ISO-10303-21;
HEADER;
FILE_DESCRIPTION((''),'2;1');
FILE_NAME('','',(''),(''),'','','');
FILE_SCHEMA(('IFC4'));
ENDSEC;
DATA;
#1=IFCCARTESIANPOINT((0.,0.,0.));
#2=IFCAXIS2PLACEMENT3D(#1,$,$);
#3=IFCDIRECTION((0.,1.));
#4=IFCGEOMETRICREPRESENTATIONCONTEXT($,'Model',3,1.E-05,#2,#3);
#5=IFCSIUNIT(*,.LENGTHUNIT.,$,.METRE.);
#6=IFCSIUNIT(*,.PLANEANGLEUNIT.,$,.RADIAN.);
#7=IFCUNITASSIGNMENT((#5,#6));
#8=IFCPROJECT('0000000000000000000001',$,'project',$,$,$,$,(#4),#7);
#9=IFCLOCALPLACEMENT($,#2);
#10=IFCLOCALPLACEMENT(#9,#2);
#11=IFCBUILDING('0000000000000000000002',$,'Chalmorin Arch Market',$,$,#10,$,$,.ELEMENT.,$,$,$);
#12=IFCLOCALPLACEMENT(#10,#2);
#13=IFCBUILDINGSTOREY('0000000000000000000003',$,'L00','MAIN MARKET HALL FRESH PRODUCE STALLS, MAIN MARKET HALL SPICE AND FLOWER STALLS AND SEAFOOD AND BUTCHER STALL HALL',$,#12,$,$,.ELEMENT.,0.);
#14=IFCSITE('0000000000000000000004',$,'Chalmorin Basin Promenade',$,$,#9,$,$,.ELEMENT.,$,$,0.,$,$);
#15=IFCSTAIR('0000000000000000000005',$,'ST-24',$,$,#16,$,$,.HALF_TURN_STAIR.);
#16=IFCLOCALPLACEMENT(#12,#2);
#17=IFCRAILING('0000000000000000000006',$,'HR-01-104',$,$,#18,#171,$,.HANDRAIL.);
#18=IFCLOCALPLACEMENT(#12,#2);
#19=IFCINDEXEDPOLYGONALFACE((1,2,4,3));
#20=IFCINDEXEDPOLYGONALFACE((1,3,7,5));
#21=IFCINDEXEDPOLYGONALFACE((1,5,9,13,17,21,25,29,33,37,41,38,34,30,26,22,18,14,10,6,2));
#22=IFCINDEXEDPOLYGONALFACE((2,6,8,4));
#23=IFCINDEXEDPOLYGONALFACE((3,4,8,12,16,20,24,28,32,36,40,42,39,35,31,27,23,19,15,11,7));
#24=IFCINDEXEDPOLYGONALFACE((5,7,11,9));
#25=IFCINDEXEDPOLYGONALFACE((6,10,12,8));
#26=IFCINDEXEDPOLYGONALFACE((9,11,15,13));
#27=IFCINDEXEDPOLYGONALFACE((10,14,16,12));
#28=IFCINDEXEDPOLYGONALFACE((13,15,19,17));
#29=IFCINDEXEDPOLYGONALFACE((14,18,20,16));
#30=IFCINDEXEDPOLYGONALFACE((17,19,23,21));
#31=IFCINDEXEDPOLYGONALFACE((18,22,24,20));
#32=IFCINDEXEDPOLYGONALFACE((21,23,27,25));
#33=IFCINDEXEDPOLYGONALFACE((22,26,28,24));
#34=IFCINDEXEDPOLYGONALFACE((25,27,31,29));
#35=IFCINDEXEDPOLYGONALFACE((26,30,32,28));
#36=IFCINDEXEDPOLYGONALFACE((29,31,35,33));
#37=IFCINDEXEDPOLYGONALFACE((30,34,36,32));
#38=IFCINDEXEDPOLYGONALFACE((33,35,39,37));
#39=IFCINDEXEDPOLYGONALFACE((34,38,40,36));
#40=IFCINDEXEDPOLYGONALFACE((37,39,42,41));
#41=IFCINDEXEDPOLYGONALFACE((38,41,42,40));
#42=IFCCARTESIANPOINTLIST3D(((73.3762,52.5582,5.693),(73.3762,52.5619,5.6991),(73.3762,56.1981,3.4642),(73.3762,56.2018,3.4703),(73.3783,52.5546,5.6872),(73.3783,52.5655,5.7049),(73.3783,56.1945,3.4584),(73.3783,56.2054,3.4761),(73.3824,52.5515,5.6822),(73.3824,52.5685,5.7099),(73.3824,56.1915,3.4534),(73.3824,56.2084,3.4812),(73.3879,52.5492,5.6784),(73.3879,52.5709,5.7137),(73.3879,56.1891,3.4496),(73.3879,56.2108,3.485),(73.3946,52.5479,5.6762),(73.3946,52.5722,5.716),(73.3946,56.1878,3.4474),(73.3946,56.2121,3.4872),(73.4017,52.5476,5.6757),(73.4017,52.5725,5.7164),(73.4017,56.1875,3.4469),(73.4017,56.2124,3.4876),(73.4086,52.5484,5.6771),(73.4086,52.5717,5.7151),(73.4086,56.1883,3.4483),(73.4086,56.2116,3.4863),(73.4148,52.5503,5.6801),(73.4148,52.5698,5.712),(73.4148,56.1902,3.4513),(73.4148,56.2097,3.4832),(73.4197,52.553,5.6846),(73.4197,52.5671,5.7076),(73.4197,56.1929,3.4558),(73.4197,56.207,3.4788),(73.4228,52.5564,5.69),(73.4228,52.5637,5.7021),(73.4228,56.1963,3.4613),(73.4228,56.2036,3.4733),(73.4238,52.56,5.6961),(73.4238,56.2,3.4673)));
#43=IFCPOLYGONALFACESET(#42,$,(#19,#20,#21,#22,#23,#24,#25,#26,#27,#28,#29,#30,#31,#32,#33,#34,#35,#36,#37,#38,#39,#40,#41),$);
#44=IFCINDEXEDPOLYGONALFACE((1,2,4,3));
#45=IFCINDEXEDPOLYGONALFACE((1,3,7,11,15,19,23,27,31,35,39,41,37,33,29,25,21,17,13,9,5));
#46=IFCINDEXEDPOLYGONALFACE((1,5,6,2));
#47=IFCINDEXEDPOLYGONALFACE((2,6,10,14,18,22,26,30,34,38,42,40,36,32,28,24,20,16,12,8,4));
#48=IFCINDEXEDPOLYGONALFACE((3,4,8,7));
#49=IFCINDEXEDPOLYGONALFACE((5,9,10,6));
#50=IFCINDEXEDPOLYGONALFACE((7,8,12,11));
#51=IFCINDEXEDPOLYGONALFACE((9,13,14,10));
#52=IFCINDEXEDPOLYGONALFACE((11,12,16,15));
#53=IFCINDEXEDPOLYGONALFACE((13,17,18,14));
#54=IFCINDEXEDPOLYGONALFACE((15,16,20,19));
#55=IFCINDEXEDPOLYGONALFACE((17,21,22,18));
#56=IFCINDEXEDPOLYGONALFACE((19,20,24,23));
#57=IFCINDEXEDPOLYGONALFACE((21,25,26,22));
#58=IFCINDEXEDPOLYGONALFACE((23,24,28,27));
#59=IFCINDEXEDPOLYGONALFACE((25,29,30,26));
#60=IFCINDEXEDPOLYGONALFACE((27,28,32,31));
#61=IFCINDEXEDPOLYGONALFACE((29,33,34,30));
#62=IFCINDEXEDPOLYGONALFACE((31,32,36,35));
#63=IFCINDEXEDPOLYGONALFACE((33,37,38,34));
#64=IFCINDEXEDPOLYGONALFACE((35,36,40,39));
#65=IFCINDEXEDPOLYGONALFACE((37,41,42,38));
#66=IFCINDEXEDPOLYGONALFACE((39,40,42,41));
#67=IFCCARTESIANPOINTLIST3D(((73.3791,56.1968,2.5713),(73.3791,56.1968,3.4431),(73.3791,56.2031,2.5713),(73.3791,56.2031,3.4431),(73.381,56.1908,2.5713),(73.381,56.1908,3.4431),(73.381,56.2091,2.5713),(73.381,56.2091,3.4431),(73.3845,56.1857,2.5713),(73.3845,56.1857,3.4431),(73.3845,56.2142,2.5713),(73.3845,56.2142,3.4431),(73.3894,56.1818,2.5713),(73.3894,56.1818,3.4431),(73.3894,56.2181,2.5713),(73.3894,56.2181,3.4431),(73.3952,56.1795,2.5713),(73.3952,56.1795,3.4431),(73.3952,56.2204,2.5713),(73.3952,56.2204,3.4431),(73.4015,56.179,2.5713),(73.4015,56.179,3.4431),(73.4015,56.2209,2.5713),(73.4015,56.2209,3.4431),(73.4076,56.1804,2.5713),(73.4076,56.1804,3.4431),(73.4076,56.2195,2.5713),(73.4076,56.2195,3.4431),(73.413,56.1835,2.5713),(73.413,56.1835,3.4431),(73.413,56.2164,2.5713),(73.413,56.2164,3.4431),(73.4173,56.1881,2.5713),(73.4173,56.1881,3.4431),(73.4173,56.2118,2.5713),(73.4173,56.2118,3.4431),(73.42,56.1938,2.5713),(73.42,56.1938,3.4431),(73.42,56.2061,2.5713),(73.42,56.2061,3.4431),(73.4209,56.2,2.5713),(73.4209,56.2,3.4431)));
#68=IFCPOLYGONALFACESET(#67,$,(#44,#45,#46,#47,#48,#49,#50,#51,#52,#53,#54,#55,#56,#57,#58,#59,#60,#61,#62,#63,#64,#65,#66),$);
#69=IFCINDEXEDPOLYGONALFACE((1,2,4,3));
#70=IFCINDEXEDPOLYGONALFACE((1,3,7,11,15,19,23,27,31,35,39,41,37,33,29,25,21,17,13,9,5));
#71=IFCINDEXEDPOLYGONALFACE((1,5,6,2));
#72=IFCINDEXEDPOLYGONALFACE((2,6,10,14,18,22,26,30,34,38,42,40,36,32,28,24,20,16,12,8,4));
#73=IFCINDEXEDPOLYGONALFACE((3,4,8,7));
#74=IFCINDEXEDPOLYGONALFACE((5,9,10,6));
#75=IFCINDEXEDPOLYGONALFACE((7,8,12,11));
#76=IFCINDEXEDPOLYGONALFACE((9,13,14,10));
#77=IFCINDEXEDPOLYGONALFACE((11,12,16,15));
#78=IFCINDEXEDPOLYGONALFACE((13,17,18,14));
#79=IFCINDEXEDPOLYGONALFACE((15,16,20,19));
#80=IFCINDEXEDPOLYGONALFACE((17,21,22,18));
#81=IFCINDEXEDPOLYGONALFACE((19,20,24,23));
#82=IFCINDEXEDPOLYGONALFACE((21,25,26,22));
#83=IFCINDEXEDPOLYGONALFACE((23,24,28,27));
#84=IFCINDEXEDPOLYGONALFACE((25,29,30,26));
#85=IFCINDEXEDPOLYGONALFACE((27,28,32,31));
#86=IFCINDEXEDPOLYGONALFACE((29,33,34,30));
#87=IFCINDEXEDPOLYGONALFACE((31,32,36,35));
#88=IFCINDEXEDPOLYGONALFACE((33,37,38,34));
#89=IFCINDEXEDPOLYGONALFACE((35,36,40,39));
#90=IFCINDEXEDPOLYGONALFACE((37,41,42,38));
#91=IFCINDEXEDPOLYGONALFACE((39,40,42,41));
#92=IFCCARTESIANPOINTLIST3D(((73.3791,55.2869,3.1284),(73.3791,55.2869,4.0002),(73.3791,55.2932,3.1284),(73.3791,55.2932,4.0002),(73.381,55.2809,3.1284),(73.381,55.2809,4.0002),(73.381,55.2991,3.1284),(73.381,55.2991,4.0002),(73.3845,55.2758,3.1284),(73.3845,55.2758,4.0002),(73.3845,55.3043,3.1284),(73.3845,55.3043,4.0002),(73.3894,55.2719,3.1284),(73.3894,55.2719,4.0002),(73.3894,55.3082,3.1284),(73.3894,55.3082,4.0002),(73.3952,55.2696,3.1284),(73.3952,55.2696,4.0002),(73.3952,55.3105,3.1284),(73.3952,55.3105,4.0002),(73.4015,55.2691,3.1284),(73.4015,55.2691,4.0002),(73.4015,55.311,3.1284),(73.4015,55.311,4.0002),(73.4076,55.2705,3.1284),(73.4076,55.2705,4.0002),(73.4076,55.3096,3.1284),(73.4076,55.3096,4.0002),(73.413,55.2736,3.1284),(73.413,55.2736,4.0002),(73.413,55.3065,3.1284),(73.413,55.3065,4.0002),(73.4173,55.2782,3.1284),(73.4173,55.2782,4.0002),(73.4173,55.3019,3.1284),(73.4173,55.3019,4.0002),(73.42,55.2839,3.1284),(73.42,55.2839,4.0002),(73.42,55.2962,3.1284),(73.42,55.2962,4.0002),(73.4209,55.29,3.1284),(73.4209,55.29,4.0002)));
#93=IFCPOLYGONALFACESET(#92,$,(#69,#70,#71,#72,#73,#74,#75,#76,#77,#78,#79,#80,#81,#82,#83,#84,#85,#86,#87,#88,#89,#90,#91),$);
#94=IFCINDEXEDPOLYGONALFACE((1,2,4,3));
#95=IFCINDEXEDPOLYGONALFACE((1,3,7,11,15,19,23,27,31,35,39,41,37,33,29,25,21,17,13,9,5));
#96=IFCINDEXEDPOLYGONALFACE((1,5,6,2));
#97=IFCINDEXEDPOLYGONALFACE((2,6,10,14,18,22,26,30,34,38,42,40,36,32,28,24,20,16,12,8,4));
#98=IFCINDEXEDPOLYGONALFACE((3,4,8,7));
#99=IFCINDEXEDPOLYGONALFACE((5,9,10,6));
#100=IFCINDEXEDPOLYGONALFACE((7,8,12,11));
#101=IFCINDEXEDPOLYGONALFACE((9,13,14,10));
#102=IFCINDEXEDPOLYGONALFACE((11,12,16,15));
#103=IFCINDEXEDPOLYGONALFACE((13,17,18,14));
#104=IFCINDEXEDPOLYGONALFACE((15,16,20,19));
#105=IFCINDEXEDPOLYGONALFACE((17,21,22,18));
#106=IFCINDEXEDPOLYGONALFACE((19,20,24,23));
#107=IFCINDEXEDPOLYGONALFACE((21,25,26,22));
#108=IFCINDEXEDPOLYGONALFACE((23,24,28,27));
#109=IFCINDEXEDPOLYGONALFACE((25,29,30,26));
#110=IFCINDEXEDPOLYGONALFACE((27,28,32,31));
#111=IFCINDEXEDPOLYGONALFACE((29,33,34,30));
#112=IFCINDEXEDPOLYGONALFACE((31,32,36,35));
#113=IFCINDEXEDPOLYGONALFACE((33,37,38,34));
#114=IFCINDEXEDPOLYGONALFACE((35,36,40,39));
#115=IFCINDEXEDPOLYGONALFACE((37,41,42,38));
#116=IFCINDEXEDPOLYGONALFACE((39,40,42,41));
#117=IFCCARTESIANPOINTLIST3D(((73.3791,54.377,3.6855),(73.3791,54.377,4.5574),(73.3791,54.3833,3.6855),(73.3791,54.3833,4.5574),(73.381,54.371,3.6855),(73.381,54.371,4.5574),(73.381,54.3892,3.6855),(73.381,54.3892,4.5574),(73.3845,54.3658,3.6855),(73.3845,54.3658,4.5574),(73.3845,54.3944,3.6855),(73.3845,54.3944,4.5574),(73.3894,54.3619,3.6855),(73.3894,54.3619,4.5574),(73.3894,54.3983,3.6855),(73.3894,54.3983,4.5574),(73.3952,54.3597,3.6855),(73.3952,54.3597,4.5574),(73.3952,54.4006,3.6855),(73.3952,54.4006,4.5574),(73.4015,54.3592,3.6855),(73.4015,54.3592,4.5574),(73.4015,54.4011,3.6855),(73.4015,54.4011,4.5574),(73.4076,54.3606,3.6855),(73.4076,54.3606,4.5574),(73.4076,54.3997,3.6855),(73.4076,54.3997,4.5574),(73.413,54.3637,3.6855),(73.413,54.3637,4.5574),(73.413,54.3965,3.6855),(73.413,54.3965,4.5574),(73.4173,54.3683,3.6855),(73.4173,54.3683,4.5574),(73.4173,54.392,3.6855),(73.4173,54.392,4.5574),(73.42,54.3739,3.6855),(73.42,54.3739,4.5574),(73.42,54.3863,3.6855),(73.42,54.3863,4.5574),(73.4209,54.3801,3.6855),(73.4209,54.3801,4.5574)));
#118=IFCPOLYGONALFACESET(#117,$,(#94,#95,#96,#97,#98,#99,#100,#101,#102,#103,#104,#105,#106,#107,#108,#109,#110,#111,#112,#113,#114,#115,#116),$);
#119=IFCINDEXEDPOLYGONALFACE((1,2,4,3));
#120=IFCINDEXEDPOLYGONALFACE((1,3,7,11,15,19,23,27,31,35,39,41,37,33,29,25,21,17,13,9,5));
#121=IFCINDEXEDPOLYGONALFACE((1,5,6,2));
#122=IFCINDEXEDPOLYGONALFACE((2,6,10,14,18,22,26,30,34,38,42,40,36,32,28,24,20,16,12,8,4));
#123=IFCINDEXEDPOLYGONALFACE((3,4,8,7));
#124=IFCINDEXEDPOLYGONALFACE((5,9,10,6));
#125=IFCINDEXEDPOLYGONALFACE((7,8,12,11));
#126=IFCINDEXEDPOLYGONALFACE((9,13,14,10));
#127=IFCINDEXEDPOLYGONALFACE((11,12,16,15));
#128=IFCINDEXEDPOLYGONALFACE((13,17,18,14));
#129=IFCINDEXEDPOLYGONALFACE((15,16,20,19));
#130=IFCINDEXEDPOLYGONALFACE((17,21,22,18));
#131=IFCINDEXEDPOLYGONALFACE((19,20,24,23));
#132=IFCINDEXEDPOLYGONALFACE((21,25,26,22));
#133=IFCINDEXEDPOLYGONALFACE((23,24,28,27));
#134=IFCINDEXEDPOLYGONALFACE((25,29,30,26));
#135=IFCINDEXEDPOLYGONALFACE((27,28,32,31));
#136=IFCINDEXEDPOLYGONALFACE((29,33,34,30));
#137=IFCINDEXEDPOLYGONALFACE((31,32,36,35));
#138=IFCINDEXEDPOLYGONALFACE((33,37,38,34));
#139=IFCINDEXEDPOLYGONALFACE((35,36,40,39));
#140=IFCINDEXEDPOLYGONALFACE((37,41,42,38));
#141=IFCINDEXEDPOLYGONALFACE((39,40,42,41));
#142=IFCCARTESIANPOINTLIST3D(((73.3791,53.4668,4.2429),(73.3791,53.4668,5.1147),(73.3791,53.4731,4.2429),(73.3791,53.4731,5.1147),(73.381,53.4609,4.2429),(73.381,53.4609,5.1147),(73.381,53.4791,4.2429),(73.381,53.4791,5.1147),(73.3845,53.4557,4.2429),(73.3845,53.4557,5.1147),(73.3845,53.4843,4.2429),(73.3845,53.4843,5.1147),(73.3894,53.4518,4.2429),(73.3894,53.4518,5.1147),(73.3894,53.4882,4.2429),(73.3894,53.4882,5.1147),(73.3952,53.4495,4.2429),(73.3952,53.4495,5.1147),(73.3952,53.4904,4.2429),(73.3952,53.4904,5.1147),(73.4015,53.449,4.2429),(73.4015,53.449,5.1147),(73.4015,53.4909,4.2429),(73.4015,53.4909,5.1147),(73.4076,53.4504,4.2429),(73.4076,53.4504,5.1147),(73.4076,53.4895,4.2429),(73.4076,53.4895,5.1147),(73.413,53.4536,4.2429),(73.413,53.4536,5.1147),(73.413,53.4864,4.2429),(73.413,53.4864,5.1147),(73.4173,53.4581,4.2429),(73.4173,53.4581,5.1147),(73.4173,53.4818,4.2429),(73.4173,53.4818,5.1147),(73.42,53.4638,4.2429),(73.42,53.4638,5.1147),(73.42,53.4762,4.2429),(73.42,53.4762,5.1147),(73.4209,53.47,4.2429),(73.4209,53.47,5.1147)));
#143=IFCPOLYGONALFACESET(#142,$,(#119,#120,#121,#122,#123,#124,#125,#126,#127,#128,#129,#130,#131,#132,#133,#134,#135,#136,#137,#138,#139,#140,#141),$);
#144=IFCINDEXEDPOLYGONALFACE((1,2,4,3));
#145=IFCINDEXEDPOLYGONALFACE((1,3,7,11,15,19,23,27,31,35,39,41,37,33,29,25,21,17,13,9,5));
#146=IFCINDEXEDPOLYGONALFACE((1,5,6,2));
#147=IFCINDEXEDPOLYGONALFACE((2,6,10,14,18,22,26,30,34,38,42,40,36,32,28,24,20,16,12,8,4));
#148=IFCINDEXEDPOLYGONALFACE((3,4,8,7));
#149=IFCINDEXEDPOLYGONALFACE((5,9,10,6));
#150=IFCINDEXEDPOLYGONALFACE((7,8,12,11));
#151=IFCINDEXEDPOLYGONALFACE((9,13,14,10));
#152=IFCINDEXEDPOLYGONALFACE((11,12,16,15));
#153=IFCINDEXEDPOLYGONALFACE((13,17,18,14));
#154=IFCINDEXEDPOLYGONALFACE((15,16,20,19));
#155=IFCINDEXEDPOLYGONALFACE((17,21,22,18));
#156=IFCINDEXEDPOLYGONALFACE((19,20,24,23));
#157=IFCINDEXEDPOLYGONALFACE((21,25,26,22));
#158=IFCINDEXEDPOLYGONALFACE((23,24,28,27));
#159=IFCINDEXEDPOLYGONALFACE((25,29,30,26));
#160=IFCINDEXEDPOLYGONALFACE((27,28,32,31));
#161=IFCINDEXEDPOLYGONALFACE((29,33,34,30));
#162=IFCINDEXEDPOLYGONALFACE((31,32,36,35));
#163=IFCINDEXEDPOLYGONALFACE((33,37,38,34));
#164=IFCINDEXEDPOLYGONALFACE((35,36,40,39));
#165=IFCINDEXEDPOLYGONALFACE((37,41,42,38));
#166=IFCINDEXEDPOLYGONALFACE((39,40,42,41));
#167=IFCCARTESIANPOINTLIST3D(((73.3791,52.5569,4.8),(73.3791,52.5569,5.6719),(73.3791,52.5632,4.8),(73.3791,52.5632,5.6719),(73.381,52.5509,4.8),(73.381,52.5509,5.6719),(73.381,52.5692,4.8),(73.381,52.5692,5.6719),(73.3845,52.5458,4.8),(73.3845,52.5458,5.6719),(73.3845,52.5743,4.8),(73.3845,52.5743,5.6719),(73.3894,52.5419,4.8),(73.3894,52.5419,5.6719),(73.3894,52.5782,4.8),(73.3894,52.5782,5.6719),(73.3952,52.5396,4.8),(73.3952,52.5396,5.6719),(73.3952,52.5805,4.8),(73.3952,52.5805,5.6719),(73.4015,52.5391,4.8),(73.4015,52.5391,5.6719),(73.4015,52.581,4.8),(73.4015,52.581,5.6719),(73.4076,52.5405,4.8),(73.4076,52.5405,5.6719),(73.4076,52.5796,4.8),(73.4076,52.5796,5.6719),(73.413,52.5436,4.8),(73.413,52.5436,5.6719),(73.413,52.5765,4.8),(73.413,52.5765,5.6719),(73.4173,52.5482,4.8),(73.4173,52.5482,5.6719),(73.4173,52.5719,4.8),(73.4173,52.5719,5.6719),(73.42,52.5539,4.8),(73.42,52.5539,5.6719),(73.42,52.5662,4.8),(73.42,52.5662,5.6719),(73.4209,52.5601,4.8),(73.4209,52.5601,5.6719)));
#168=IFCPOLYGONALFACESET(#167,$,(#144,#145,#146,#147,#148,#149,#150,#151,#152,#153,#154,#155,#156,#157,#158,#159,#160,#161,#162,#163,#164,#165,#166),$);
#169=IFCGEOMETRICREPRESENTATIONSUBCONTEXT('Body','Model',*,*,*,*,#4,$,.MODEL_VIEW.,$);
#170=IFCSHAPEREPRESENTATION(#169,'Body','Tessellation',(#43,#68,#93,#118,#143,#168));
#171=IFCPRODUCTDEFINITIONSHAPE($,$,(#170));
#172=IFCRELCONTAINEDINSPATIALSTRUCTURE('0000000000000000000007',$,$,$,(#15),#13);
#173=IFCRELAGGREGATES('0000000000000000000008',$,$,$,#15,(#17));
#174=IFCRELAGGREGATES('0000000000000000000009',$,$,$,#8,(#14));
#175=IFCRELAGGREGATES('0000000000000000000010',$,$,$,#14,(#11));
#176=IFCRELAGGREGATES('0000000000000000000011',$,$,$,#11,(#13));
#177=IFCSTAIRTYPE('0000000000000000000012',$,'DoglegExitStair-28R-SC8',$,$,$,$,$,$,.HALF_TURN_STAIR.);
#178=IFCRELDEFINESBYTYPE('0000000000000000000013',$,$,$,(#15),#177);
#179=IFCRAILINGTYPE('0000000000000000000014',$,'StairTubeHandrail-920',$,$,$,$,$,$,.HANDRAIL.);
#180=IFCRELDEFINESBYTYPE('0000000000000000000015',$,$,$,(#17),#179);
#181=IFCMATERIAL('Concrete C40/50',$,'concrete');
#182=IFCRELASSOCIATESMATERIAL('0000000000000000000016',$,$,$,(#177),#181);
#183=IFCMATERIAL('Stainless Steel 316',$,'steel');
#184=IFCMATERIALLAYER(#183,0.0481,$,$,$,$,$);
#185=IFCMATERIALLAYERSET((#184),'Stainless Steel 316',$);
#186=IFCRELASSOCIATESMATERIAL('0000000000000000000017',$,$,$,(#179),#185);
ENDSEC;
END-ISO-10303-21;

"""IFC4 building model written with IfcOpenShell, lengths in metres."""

from ifc_helpers import new_model, si_unit, direction, frame, origin, origin_2d, place, context, subcontext, project, spatial, circle, extrude, material, layer, layer_set, type_object, element, aggregate, save


model = new_model("IFC4")

# Units and contexts
model_context = context("Model", 3, precision=1e-05, world=origin(), true_north=direction((0.0, 1.0)))
body_context = subcontext(model_context, "Body", "Model", "MODEL_VIEW")
ifc_project = project(units=[si_unit("LENGTHUNIT", "METRE"), si_unit("PLANEANGLEUNIT", "RADIAN")], contexts=[model_context])

# Site, building, storey
site_placement = place(None, origin())
site = spatial("IfcSite", under=ifc_project, at=site_placement, Name="Chalmorin Basin Promenade", CompositionType="ELEMENT", RefElevation=0.0)
building_placement = place(site_placement, origin())
building = spatial("IfcBuilding", under=site, at=building_placement, Name="Chalmorin Arch Market", CompositionType="ELEMENT")
storey_placement = place(building_placement, origin())
storey = spatial("IfcBuildingStorey", under=building, at=storey_placement, Name="L00", Description="MAIN MARKET HALL FRESH PRODUCE STALLS, MAIN MARKET HALL SPICE AND FLOWER STALLS AND SEAFOOD AND BUTCHER STALL HALL", CompositionType="ELEMENT", Elevation=0.0)

# Shared definitions
ifc_material_1 = material(Name="Concrete C40/50", Category="concrete")

# Stair, railing
stair_type = type_object("IfcStairType", Name="DoglegExitStair-28R-SC8", PredefinedType="HALF_TURN_STAIR", material=ifc_material_1)
stair_placement = place(storey_placement, origin())
stair = element("IfcStair", 1, at=stair_placement, inside=storey, type_object=stair_type, Name="ST-24", PredefinedType="HALF_TURN_STAIR")
ifc_material_2 = material(Name="Stainless Steel 316", Category="steel")
ifc_layer_1 = layer(ifc_material_2, 0.0481)
ifc_layer_set_1 = layer_set([ifc_layer_1], Name="Stainless Steel 316")
railing_type_1 = type_object("IfcRailingType", Name="StairTubeHandrail-920", PredefinedType="HANDRAIL", material=ifc_layer_set_1)
railing_1_placement = place(storey_placement, frame((73.3999, 56.2, 2.5713)))
railing_1 = element("IfcRailing", 2, at=railing_1_placement, type_object=railing_type_1, Name="HR-01-104", PredefinedType="HANDRAIL", context=body_context, shape_type="SweptSolid", body=[
    extrude(circle(Radius=0.0239, at=origin_2d()), frame((0.0, 0.0, 0.896), z_axis=(0.0, -0.852825, 0.522197), x_axis=(1.0, 0.0, 0.0)), (0.0, 0.0, 1.0), 4.2681),
    extrude(circle(Radius=0.021, at=origin_2d()), origin(), (0.0, 0.0, 1.0), 0.8718),
    extrude(circle(Radius=0.021, at=origin_2d()), frame((0.0, -0.9099, 0.5571)), (0.0, 0.0, 1.0), 0.8718),
    extrude(circle(Radius=0.021, at=origin_2d()), frame((0.0, -1.8198, 1.1143)), (0.0, 0.0, 1.0), 0.8718),
    extrude(circle(Radius=0.021, at=origin_2d()), frame((0.0, -2.73, 1.6716)), (0.0, 0.0, 1.0), 0.8718),
    extrude(circle(Radius=0.021, at=origin_2d()), frame((0.0, -3.6399, 2.2288)), (0.0, 0.0, 1.0), 0.8718),
])
aggregate(stair, [railing_1])

save(model, "model.ifc")
